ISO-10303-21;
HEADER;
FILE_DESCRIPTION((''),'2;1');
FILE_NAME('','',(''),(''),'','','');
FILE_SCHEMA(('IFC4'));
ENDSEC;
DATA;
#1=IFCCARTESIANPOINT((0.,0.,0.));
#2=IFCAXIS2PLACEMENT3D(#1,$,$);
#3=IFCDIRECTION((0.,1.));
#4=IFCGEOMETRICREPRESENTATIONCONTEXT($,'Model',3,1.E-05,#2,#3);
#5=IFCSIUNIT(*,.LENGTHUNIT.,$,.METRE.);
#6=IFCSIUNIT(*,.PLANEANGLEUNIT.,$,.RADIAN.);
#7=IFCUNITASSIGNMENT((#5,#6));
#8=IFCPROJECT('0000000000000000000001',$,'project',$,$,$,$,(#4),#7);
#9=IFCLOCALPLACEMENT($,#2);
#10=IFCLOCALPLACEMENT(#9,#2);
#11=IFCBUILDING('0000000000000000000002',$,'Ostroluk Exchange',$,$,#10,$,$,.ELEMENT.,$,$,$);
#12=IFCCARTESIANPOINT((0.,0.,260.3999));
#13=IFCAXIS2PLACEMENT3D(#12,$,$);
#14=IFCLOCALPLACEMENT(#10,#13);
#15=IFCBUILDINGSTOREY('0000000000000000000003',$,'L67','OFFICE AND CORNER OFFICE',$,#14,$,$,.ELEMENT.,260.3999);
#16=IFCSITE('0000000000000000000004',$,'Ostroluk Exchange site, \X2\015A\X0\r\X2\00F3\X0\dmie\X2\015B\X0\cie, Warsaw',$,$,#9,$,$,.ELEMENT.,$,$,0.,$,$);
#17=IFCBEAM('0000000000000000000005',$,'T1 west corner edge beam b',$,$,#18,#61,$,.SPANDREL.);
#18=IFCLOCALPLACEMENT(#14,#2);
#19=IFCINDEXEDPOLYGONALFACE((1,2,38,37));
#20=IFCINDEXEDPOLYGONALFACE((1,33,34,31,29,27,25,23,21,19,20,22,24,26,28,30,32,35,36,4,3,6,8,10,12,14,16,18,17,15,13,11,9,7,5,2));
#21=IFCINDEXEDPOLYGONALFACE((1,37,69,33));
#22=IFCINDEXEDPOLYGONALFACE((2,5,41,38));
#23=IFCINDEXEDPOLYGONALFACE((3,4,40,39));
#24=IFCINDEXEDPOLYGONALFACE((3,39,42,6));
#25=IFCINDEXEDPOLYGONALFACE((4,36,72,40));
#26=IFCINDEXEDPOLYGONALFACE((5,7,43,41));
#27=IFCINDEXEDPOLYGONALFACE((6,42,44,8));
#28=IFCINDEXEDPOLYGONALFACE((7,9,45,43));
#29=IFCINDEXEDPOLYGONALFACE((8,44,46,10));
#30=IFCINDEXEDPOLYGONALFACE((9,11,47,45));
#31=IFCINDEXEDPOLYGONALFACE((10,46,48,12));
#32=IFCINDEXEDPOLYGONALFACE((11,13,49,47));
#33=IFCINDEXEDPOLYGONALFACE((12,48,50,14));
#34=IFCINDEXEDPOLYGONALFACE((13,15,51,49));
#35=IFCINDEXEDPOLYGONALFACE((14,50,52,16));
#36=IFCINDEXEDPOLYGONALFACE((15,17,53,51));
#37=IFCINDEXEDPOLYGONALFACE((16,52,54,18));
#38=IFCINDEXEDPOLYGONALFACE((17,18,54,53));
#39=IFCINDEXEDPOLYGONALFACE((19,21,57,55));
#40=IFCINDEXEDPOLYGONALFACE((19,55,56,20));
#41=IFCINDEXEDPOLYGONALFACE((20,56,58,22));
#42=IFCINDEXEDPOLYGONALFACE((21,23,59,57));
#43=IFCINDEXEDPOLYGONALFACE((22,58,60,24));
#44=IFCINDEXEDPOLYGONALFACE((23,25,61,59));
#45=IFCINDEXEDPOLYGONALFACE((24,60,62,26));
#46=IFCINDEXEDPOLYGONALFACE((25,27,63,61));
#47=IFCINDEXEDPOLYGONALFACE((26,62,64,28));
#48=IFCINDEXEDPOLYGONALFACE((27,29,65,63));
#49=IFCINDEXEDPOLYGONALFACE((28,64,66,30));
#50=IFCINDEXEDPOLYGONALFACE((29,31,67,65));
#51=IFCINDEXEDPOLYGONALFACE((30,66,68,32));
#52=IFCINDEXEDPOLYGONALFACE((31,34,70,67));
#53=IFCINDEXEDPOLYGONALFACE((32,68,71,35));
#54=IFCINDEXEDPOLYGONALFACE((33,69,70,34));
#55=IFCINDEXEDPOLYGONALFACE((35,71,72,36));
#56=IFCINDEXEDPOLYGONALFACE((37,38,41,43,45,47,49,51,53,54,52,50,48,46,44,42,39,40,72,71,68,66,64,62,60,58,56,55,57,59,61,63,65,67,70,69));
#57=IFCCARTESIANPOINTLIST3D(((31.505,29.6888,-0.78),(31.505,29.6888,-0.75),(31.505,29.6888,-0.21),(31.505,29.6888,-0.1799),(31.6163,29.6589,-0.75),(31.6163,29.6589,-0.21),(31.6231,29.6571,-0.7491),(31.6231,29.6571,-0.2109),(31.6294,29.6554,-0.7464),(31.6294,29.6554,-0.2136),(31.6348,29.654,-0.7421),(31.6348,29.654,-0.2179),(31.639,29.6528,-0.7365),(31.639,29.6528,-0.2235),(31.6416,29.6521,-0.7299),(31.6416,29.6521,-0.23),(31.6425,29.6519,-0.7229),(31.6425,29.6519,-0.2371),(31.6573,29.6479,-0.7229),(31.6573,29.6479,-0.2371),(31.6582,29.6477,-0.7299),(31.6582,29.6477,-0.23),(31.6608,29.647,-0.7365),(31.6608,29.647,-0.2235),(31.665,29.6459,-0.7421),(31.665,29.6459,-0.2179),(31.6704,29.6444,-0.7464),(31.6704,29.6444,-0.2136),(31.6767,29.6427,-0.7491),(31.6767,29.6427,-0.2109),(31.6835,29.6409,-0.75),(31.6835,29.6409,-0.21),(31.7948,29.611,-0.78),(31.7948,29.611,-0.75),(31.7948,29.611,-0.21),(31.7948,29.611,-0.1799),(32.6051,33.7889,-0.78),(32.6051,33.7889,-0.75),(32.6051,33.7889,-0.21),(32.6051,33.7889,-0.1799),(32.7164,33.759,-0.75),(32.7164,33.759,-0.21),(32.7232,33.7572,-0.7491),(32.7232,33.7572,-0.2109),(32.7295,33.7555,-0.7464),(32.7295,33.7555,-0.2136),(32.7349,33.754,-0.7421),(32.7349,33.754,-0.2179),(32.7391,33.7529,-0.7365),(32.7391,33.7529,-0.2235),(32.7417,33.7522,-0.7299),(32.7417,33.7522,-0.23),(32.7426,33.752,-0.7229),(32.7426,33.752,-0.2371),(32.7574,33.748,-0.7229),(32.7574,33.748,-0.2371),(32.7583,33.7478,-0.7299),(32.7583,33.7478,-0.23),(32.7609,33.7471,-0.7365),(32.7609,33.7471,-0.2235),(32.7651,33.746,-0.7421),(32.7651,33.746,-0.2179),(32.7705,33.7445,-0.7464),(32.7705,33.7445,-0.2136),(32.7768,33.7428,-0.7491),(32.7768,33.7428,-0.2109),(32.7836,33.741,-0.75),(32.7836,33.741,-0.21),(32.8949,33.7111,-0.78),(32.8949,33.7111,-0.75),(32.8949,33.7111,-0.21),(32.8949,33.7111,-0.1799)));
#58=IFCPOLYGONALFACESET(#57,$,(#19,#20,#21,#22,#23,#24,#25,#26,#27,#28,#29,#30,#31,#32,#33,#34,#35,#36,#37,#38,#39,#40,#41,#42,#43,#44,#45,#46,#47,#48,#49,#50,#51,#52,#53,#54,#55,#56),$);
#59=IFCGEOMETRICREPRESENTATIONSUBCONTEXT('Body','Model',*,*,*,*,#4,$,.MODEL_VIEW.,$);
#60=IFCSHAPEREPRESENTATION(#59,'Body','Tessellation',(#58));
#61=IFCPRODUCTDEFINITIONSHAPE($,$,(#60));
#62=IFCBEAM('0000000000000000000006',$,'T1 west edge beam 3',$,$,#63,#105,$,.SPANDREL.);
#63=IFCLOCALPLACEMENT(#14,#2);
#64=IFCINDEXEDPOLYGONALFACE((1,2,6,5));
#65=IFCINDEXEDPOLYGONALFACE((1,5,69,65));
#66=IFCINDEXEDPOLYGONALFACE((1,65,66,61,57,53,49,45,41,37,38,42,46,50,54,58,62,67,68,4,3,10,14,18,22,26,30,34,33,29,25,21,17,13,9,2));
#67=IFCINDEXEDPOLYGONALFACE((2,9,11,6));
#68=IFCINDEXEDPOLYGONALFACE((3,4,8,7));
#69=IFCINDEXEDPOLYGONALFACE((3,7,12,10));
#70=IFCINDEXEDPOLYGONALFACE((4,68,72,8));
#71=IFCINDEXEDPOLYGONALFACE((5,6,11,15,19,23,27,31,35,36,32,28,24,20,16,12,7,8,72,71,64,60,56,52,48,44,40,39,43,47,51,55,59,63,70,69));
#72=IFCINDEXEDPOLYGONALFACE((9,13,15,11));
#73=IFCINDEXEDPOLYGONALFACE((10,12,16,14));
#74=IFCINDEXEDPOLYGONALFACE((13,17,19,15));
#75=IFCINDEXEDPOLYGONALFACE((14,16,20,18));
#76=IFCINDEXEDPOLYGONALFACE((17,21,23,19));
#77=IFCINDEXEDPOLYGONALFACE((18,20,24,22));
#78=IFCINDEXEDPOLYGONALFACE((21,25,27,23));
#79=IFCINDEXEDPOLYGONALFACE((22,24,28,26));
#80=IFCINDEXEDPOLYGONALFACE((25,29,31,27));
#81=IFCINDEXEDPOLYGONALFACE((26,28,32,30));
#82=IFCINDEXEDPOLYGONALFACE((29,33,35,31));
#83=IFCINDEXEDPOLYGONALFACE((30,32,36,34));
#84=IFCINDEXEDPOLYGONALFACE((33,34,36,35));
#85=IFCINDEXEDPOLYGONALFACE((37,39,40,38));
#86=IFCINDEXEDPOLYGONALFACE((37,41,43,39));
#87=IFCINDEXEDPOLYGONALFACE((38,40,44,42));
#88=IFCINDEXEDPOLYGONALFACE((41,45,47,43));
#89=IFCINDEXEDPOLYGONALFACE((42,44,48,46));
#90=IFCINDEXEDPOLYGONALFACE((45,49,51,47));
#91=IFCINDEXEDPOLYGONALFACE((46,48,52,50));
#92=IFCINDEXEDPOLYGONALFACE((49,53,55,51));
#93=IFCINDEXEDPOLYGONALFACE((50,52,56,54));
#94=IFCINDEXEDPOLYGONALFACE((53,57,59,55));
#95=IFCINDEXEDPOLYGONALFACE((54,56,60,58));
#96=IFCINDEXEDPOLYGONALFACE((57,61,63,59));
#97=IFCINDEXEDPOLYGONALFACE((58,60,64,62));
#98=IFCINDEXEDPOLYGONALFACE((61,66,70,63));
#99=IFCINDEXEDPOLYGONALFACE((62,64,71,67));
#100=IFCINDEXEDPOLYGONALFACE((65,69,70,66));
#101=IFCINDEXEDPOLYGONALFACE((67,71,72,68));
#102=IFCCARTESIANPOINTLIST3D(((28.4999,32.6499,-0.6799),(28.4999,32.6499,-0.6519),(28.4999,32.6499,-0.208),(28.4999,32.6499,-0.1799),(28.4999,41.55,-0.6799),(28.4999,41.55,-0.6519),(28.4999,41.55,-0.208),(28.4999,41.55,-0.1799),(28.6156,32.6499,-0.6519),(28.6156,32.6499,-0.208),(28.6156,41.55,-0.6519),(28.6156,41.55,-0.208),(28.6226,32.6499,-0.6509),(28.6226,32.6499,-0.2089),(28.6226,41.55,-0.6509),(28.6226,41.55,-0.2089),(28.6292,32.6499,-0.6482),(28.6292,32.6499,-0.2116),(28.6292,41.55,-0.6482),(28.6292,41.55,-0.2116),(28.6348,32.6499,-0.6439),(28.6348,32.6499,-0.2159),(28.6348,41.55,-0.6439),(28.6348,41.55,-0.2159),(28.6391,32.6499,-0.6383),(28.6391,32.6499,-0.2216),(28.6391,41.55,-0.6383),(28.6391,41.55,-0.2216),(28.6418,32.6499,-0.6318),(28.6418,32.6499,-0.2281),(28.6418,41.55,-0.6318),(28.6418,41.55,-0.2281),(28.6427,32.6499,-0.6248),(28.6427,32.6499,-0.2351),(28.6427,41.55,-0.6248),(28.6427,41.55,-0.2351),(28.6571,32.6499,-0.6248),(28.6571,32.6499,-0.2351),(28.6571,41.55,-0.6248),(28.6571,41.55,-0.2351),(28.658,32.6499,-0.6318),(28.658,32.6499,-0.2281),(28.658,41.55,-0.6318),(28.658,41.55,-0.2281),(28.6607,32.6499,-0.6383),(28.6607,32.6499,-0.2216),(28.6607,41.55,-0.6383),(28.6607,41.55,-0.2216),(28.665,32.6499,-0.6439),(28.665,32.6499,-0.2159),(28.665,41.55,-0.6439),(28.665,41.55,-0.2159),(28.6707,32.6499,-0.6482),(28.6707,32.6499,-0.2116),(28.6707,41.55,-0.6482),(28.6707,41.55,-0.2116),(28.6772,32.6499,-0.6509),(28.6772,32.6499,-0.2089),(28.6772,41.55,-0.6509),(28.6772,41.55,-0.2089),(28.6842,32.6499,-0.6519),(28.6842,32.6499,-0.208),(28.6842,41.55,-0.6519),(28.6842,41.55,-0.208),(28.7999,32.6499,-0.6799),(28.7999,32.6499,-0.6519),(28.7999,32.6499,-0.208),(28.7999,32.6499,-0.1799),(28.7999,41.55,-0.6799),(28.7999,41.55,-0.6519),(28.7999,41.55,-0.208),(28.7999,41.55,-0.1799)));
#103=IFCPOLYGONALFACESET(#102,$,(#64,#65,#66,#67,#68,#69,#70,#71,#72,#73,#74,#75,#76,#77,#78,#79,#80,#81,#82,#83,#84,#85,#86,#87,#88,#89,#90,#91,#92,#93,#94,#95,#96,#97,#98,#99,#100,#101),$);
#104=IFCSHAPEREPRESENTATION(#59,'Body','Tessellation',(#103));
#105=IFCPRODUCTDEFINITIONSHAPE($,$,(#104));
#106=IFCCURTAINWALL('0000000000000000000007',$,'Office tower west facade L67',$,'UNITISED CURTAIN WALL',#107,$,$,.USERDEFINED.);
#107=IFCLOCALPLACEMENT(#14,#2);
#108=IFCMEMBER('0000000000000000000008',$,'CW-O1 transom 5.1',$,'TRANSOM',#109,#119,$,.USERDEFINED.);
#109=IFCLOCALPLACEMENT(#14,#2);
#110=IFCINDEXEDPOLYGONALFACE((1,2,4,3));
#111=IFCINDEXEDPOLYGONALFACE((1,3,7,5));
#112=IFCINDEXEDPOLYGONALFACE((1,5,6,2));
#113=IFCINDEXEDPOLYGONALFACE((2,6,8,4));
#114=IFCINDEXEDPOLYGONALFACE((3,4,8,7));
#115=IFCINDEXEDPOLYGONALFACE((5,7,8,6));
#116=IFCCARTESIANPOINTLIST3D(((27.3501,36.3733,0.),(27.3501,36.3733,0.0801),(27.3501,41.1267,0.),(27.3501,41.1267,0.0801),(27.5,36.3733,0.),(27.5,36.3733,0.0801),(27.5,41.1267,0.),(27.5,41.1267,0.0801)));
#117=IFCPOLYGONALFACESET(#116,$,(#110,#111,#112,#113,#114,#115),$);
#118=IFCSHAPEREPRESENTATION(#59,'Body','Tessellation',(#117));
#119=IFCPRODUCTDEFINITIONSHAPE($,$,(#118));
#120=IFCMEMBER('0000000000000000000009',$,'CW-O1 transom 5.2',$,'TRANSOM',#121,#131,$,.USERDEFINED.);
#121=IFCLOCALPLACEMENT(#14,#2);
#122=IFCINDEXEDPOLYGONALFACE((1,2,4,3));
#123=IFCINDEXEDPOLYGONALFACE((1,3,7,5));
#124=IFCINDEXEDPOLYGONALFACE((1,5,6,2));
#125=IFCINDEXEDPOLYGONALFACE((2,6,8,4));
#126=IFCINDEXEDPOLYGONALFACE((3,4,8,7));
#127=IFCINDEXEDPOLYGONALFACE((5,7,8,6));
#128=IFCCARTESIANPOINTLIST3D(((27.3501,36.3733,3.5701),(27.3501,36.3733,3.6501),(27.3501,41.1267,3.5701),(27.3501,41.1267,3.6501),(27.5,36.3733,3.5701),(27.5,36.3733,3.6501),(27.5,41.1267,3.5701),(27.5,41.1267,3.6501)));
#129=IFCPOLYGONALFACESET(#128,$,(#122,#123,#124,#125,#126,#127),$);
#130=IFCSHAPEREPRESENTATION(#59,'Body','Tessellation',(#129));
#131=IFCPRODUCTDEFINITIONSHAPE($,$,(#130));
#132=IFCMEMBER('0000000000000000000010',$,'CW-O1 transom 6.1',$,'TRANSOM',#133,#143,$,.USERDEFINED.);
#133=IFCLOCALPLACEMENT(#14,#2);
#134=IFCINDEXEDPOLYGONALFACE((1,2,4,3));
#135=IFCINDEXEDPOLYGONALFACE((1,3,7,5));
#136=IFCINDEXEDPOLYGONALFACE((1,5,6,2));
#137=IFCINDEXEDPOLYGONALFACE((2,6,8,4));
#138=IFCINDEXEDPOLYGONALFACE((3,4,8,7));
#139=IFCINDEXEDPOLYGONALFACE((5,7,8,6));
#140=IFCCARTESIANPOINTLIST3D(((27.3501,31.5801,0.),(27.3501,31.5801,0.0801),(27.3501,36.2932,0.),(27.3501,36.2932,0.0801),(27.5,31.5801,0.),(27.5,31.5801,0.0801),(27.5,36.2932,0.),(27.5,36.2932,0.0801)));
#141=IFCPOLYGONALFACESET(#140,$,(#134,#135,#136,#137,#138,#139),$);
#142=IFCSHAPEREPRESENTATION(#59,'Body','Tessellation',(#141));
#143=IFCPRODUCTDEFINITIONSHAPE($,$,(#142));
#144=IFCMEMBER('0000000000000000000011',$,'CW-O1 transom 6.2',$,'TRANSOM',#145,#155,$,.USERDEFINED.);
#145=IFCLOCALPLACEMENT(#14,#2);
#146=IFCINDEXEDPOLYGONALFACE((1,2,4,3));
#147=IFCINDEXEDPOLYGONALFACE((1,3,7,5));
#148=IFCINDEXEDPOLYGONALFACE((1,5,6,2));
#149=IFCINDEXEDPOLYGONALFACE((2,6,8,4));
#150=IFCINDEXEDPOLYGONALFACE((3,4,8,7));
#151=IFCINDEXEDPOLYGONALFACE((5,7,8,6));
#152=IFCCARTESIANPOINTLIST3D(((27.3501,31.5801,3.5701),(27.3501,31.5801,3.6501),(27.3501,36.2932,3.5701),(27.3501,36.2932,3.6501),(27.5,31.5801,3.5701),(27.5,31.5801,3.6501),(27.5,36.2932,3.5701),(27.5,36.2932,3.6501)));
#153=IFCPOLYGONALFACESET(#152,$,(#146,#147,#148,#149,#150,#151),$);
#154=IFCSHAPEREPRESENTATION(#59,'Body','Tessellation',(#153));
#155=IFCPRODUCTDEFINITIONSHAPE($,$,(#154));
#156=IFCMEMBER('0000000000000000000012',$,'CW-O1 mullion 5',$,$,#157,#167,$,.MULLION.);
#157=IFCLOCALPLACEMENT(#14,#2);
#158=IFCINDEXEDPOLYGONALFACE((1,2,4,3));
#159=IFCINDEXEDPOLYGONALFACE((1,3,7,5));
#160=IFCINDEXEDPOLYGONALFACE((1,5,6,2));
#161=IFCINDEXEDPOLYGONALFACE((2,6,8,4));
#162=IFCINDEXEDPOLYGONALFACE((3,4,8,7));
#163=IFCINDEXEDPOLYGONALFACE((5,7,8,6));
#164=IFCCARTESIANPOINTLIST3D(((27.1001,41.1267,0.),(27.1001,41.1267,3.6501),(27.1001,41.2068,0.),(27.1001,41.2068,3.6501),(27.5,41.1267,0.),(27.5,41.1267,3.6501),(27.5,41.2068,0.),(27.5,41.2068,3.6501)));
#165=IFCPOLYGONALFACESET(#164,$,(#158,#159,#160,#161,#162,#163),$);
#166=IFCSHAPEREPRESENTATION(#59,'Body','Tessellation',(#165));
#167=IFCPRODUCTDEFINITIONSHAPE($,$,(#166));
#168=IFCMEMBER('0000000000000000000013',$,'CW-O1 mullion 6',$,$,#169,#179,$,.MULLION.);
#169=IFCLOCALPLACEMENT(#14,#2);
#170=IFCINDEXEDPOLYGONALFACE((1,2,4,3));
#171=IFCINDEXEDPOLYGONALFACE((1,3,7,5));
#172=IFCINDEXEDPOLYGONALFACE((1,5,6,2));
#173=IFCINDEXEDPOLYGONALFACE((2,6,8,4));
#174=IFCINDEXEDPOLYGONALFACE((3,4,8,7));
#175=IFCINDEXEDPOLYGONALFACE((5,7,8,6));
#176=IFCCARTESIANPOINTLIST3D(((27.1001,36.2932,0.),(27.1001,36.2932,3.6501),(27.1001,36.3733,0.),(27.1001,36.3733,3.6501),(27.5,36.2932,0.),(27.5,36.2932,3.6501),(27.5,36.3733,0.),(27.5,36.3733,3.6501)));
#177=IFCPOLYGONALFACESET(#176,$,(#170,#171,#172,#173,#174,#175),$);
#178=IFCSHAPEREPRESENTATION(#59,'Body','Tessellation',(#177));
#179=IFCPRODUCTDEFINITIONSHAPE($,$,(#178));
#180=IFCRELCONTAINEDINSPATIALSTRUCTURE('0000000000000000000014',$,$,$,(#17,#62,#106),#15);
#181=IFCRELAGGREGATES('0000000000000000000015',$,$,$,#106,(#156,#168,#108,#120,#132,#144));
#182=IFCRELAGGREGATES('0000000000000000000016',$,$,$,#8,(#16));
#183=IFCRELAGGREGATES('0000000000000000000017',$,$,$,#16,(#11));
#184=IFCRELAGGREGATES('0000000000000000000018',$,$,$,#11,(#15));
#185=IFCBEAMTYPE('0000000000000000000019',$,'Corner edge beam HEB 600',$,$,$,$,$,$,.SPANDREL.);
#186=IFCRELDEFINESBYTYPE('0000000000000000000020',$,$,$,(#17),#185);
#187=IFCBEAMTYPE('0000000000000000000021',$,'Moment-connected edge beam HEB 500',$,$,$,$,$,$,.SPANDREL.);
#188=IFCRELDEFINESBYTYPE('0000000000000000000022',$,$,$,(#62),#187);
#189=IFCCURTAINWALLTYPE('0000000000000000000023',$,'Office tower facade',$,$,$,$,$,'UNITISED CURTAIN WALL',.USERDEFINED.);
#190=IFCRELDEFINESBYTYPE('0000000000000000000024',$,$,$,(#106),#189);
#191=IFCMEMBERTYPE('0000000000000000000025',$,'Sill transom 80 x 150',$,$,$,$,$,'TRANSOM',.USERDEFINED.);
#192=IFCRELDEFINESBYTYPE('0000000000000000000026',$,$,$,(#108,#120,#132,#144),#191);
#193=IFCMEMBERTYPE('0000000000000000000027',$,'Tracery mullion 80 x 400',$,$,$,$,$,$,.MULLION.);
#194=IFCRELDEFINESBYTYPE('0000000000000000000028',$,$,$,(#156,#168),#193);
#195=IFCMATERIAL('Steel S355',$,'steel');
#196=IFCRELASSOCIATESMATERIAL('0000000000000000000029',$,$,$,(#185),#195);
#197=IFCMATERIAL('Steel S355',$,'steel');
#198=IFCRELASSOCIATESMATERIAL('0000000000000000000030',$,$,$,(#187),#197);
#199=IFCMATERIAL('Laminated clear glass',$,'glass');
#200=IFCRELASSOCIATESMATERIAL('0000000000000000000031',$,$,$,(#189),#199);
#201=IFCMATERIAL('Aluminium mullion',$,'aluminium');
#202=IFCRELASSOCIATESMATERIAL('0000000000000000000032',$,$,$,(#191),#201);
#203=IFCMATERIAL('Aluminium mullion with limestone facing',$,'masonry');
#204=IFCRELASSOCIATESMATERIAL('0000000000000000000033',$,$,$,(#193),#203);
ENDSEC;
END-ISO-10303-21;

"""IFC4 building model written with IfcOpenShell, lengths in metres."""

from ifc_helpers import new_model, si_unit, direction, frame, origin, origin_2d, place, context, subcontext, project, spatial, rectangle, i_section, extrude, material, material_profile, profile_set, type_object, element, aggregate, save


model = new_model("IFC4")

# Units and contexts
model_context = context("Model", 3, precision=1e-05, world=origin(), true_north=direction((0.0, 1.0)))
body_context = subcontext(model_context, "Body", "Model", "MODEL_VIEW")
ifc_project = project(units=[si_unit("LENGTHUNIT", "METRE"), si_unit("PLANEANGLEUNIT", "RADIAN")], contexts=[model_context])

# Site, building, storey
site_placement = place(None, origin())
site = spatial("IfcSite", under=ifc_project, at=site_placement, Name="Ostroluk Exchange site, Śródmieście, Warsaw", CompositionType="ELEMENT", RefElevation=0.0)
building_placement = place(site_placement, origin())
building = spatial("IfcBuilding", under=site, at=building_placement, Name="Ostroluk Exchange", CompositionType="ELEMENT")
storey_placement = place(building_placement, frame((0.0, 0.0, 260.3999)))
storey = spatial("IfcBuildingStorey", under=building, at=storey_placement, Name="L67", Description="OFFICE AND CORNER OFFICE", CompositionType="ELEMENT", Elevation=260.3999)

# Beams
ifc_material_1 = material(Name="Steel S355", Category="steel")
ifc_material_profile_1 = material_profile(ifc_material_1, i_section(OverallWidth=0.3, OverallDepth=0.6001, WebThickness=0.0154, FlangeThickness=0.03, FilletRadius=0.0271, at=origin_2d()), Name="HEB 600")
ifc_profile_set_1 = profile_set([ifc_material_profile_1], Name="Steel S355")
beam_type_1 = type_object("IfcBeamType", Name="Corner edge beam HEB 600", PredefinedType="SPANDREL", material=ifc_profile_set_1)
for number, where, z_axis, x_axis, name in (
    (1, (32.75, 33.75, -0.48), (-0.259144, -0.965839, 0.0), (0.965839, -0.259144, 0.0), "T1 west corner edge beam b"),
):
    element("IfcBeam", number, at=place(storey_placement, frame(where, z_axis=z_axis, x_axis=x_axis)), inside=storey, type_object=beam_type_1, Name=name, PredefinedType="SPANDREL", context=body_context, shape_type="SweptSolid", body=[
        extrude(i_section(OverallWidth=0.3, OverallDepth=0.6001, WebThickness=0.0154, FlangeThickness=0.03, FilletRadius=0.0271, at=origin_2d()), origin(), (0.0, 0.0, 1.0), 4.2451),
    ])
ifc_material_2 = material(Name="Steel S355", Category="steel")
ifc_material_profile_2 = material_profile(ifc_material_2, i_section(OverallWidth=0.3, OverallDepth=0.5, WebThickness=0.0144, FlangeThickness=0.0281, FilletRadius=0.0271, at=origin_2d()), Name="HEB 500")
ifc_profile_set_2 = profile_set([ifc_material_profile_2], Name="Steel S355")
beam_type_2 = type_object("IfcBeamType", Name="Moment-connected edge beam HEB 500", PredefinedType="SPANDREL", material=ifc_profile_set_2)
beam_1_placement = place(storey_placement, frame((28.6499, 41.55, -0.4299), z_axis=(0.0, -1.0, 0.0), x_axis=(1.0, 0.0, 0.0)))
element("IfcBeam", 2, at=beam_1_placement, inside=storey, type_object=beam_type_2, Name="T1 west edge beam 3", PredefinedType="SPANDREL", context=body_context, shape_type="SweptSolid", body=[
    extrude(i_section(OverallWidth=0.3, OverallDepth=0.5, WebThickness=0.0144, FlangeThickness=0.0281, FilletRadius=0.0271, at=origin_2d()), origin(), (0.0, 0.0, 1.0), 8.9001),
])

# Curtain wall, members
ifc_material_3 = material(Name="Laminated clear glass", Category="glass")
curtain_wall_type = type_object("IfcCurtainWallType", Name="Office tower facade", ElementType="UNITISED CURTAIN WALL", PredefinedType="USERDEFINED", material=ifc_material_3)
curtain_wall_placement = place(storey_placement, origin())
curtain_wall = element("IfcCurtainWall", 3, at=curtain_wall_placement, inside=storey, type_object=curtain_wall_type, Name="Office tower west facade L67", ObjectType="UNITISED CURTAIN WALL", PredefinedType="USERDEFINED")
ifc_material_4 = material(Name="Aluminium mullion", Category="aluminium")
ifc_material_profile_3 = material_profile(ifc_material_4, rectangle(XDim=0.1499, YDim=0.0801, at=origin_2d()), Name="Sill transom 80 x 150")
ifc_profile_set_3 = profile_set([ifc_material_profile_3], Name="Aluminium mullion")
member_type_1 = type_object("IfcMemberType", Name="Sill transom 80 x 150", ElementType="TRANSOM", PredefinedType="USERDEFINED", material=ifc_profile_set_3)
member_1_placement = place(storey_placement, frame((27.425, 41.1267, 0.04), z_axis=(0.0, -1.0, 0.0), x_axis=(1.0, 0.0, 0.0)))
member_1 = element("IfcMember", 4, at=member_1_placement, type_object=member_type_1, Name="CW-O1 transom 5.1", ObjectType="TRANSOM", PredefinedType="USERDEFINED", context=body_context, shape_type="SweptSolid", body=[
    extrude(rectangle(XDim=0.1499, YDim=0.0801, at=origin_2d()), origin(), (0.0, 0.0, 1.0), 4.7534),
])
member_2_placement = place(storey_placement, frame((27.425, 41.1267, 3.6101), z_axis=(0.0, -1.0, 0.0), x_axis=(1.0, 0.0, 0.0)))
member_2 = element("IfcMember", 5, at=member_2_placement, type_object=member_type_1, Name="CW-O1 transom 5.2", ObjectType="TRANSOM", PredefinedType="USERDEFINED", context=body_context, shape_type="SweptSolid", body=[
    extrude(rectangle(XDim=0.1499, YDim=0.0801, at=origin_2d()), origin(), (0.0, 0.0, 1.0), 4.7534),
])
member_3_placement = place(storey_placement, frame((27.425, 36.2932, 0.04), z_axis=(0.0, -1.0, 0.0), x_axis=(1.0, 0.0, 0.0)))
member_3 = element("IfcMember", 6, at=member_3_placement, type_object=member_type_1, Name="CW-O1 transom 6.1", ObjectType="TRANSOM", PredefinedType="USERDEFINED", context=body_context, shape_type="SweptSolid", body=[
    extrude(rectangle(XDim=0.1499, YDim=0.0801, at=origin_2d()), origin(), (0.0, 0.0, 1.0), 4.7131),
])
member_4_placement = place(storey_placement, frame((27.425, 36.2932, 3.6101), z_axis=(0.0, -1.0, 0.0), x_axis=(1.0, 0.0, 0.0)))
member_4 = element("IfcMember", 7, at=member_4_placement, type_object=member_type_1, Name="CW-O1 transom 6.2", ObjectType="TRANSOM", PredefinedType="USERDEFINED", context=body_context, shape_type="SweptSolid", body=[
    extrude(rectangle(XDim=0.1499, YDim=0.0801, at=origin_2d()), origin(), (0.0, 0.0, 1.0), 4.7131),
])
ifc_material_5 = material(Name="Aluminium mullion with limestone facing", Category="masonry")
ifc_material_profile_4 = material_profile(ifc_material_5, rectangle(XDim=0.3999, YDim=0.0801, at=origin_2d()), Name="Tracery mullion 80 x 400")
ifc_profile_set_4 = profile_set([ifc_material_profile_4], Name="Aluminium mullion with limestone facing")
member_type_2 = type_object("IfcMemberType", Name="Tracery mullion 80 x 400", PredefinedType="MULLION", material=ifc_profile_set_4)
member_5_placement = place(storey_placement, frame((27.3, 41.1667, 0.0), z_axis=(0.0, 0.0, 1.0), x_axis=(1.0, 0.0, 0.0)))
member_5 = element("IfcMember", 8, at=member_5_placement, type_object=member_type_2, Name="CW-O1 mullion 5", PredefinedType="MULLION", context=body_context, shape_type="SweptSolid", body=[
    extrude(rectangle(XDim=0.3999, YDim=0.0801, at=origin_2d()), origin(), (0.0, 0.0, 1.0), 3.6501),
])
member_6_placement = place(storey_placement, frame((27.3, 36.3333, 0.0), z_axis=(0.0, 0.0, 1.0), x_axis=(1.0, 0.0, 0.0)))
member_6 = element("IfcMember", 9, at=member_6_placement, type_object=member_type_2, Name="CW-O1 mullion 6", PredefinedType="MULLION", context=body_context, shape_type="SweptSolid", body=[
    extrude(rectangle(XDim=0.3999, YDim=0.0801, at=origin_2d()), origin(), (0.0, 0.0, 1.0), 3.6501),
])
aggregate(curtain_wall, [member_5, member_6, member_1, member_2, member_3, member_4])

save(model, "model.ifc")
